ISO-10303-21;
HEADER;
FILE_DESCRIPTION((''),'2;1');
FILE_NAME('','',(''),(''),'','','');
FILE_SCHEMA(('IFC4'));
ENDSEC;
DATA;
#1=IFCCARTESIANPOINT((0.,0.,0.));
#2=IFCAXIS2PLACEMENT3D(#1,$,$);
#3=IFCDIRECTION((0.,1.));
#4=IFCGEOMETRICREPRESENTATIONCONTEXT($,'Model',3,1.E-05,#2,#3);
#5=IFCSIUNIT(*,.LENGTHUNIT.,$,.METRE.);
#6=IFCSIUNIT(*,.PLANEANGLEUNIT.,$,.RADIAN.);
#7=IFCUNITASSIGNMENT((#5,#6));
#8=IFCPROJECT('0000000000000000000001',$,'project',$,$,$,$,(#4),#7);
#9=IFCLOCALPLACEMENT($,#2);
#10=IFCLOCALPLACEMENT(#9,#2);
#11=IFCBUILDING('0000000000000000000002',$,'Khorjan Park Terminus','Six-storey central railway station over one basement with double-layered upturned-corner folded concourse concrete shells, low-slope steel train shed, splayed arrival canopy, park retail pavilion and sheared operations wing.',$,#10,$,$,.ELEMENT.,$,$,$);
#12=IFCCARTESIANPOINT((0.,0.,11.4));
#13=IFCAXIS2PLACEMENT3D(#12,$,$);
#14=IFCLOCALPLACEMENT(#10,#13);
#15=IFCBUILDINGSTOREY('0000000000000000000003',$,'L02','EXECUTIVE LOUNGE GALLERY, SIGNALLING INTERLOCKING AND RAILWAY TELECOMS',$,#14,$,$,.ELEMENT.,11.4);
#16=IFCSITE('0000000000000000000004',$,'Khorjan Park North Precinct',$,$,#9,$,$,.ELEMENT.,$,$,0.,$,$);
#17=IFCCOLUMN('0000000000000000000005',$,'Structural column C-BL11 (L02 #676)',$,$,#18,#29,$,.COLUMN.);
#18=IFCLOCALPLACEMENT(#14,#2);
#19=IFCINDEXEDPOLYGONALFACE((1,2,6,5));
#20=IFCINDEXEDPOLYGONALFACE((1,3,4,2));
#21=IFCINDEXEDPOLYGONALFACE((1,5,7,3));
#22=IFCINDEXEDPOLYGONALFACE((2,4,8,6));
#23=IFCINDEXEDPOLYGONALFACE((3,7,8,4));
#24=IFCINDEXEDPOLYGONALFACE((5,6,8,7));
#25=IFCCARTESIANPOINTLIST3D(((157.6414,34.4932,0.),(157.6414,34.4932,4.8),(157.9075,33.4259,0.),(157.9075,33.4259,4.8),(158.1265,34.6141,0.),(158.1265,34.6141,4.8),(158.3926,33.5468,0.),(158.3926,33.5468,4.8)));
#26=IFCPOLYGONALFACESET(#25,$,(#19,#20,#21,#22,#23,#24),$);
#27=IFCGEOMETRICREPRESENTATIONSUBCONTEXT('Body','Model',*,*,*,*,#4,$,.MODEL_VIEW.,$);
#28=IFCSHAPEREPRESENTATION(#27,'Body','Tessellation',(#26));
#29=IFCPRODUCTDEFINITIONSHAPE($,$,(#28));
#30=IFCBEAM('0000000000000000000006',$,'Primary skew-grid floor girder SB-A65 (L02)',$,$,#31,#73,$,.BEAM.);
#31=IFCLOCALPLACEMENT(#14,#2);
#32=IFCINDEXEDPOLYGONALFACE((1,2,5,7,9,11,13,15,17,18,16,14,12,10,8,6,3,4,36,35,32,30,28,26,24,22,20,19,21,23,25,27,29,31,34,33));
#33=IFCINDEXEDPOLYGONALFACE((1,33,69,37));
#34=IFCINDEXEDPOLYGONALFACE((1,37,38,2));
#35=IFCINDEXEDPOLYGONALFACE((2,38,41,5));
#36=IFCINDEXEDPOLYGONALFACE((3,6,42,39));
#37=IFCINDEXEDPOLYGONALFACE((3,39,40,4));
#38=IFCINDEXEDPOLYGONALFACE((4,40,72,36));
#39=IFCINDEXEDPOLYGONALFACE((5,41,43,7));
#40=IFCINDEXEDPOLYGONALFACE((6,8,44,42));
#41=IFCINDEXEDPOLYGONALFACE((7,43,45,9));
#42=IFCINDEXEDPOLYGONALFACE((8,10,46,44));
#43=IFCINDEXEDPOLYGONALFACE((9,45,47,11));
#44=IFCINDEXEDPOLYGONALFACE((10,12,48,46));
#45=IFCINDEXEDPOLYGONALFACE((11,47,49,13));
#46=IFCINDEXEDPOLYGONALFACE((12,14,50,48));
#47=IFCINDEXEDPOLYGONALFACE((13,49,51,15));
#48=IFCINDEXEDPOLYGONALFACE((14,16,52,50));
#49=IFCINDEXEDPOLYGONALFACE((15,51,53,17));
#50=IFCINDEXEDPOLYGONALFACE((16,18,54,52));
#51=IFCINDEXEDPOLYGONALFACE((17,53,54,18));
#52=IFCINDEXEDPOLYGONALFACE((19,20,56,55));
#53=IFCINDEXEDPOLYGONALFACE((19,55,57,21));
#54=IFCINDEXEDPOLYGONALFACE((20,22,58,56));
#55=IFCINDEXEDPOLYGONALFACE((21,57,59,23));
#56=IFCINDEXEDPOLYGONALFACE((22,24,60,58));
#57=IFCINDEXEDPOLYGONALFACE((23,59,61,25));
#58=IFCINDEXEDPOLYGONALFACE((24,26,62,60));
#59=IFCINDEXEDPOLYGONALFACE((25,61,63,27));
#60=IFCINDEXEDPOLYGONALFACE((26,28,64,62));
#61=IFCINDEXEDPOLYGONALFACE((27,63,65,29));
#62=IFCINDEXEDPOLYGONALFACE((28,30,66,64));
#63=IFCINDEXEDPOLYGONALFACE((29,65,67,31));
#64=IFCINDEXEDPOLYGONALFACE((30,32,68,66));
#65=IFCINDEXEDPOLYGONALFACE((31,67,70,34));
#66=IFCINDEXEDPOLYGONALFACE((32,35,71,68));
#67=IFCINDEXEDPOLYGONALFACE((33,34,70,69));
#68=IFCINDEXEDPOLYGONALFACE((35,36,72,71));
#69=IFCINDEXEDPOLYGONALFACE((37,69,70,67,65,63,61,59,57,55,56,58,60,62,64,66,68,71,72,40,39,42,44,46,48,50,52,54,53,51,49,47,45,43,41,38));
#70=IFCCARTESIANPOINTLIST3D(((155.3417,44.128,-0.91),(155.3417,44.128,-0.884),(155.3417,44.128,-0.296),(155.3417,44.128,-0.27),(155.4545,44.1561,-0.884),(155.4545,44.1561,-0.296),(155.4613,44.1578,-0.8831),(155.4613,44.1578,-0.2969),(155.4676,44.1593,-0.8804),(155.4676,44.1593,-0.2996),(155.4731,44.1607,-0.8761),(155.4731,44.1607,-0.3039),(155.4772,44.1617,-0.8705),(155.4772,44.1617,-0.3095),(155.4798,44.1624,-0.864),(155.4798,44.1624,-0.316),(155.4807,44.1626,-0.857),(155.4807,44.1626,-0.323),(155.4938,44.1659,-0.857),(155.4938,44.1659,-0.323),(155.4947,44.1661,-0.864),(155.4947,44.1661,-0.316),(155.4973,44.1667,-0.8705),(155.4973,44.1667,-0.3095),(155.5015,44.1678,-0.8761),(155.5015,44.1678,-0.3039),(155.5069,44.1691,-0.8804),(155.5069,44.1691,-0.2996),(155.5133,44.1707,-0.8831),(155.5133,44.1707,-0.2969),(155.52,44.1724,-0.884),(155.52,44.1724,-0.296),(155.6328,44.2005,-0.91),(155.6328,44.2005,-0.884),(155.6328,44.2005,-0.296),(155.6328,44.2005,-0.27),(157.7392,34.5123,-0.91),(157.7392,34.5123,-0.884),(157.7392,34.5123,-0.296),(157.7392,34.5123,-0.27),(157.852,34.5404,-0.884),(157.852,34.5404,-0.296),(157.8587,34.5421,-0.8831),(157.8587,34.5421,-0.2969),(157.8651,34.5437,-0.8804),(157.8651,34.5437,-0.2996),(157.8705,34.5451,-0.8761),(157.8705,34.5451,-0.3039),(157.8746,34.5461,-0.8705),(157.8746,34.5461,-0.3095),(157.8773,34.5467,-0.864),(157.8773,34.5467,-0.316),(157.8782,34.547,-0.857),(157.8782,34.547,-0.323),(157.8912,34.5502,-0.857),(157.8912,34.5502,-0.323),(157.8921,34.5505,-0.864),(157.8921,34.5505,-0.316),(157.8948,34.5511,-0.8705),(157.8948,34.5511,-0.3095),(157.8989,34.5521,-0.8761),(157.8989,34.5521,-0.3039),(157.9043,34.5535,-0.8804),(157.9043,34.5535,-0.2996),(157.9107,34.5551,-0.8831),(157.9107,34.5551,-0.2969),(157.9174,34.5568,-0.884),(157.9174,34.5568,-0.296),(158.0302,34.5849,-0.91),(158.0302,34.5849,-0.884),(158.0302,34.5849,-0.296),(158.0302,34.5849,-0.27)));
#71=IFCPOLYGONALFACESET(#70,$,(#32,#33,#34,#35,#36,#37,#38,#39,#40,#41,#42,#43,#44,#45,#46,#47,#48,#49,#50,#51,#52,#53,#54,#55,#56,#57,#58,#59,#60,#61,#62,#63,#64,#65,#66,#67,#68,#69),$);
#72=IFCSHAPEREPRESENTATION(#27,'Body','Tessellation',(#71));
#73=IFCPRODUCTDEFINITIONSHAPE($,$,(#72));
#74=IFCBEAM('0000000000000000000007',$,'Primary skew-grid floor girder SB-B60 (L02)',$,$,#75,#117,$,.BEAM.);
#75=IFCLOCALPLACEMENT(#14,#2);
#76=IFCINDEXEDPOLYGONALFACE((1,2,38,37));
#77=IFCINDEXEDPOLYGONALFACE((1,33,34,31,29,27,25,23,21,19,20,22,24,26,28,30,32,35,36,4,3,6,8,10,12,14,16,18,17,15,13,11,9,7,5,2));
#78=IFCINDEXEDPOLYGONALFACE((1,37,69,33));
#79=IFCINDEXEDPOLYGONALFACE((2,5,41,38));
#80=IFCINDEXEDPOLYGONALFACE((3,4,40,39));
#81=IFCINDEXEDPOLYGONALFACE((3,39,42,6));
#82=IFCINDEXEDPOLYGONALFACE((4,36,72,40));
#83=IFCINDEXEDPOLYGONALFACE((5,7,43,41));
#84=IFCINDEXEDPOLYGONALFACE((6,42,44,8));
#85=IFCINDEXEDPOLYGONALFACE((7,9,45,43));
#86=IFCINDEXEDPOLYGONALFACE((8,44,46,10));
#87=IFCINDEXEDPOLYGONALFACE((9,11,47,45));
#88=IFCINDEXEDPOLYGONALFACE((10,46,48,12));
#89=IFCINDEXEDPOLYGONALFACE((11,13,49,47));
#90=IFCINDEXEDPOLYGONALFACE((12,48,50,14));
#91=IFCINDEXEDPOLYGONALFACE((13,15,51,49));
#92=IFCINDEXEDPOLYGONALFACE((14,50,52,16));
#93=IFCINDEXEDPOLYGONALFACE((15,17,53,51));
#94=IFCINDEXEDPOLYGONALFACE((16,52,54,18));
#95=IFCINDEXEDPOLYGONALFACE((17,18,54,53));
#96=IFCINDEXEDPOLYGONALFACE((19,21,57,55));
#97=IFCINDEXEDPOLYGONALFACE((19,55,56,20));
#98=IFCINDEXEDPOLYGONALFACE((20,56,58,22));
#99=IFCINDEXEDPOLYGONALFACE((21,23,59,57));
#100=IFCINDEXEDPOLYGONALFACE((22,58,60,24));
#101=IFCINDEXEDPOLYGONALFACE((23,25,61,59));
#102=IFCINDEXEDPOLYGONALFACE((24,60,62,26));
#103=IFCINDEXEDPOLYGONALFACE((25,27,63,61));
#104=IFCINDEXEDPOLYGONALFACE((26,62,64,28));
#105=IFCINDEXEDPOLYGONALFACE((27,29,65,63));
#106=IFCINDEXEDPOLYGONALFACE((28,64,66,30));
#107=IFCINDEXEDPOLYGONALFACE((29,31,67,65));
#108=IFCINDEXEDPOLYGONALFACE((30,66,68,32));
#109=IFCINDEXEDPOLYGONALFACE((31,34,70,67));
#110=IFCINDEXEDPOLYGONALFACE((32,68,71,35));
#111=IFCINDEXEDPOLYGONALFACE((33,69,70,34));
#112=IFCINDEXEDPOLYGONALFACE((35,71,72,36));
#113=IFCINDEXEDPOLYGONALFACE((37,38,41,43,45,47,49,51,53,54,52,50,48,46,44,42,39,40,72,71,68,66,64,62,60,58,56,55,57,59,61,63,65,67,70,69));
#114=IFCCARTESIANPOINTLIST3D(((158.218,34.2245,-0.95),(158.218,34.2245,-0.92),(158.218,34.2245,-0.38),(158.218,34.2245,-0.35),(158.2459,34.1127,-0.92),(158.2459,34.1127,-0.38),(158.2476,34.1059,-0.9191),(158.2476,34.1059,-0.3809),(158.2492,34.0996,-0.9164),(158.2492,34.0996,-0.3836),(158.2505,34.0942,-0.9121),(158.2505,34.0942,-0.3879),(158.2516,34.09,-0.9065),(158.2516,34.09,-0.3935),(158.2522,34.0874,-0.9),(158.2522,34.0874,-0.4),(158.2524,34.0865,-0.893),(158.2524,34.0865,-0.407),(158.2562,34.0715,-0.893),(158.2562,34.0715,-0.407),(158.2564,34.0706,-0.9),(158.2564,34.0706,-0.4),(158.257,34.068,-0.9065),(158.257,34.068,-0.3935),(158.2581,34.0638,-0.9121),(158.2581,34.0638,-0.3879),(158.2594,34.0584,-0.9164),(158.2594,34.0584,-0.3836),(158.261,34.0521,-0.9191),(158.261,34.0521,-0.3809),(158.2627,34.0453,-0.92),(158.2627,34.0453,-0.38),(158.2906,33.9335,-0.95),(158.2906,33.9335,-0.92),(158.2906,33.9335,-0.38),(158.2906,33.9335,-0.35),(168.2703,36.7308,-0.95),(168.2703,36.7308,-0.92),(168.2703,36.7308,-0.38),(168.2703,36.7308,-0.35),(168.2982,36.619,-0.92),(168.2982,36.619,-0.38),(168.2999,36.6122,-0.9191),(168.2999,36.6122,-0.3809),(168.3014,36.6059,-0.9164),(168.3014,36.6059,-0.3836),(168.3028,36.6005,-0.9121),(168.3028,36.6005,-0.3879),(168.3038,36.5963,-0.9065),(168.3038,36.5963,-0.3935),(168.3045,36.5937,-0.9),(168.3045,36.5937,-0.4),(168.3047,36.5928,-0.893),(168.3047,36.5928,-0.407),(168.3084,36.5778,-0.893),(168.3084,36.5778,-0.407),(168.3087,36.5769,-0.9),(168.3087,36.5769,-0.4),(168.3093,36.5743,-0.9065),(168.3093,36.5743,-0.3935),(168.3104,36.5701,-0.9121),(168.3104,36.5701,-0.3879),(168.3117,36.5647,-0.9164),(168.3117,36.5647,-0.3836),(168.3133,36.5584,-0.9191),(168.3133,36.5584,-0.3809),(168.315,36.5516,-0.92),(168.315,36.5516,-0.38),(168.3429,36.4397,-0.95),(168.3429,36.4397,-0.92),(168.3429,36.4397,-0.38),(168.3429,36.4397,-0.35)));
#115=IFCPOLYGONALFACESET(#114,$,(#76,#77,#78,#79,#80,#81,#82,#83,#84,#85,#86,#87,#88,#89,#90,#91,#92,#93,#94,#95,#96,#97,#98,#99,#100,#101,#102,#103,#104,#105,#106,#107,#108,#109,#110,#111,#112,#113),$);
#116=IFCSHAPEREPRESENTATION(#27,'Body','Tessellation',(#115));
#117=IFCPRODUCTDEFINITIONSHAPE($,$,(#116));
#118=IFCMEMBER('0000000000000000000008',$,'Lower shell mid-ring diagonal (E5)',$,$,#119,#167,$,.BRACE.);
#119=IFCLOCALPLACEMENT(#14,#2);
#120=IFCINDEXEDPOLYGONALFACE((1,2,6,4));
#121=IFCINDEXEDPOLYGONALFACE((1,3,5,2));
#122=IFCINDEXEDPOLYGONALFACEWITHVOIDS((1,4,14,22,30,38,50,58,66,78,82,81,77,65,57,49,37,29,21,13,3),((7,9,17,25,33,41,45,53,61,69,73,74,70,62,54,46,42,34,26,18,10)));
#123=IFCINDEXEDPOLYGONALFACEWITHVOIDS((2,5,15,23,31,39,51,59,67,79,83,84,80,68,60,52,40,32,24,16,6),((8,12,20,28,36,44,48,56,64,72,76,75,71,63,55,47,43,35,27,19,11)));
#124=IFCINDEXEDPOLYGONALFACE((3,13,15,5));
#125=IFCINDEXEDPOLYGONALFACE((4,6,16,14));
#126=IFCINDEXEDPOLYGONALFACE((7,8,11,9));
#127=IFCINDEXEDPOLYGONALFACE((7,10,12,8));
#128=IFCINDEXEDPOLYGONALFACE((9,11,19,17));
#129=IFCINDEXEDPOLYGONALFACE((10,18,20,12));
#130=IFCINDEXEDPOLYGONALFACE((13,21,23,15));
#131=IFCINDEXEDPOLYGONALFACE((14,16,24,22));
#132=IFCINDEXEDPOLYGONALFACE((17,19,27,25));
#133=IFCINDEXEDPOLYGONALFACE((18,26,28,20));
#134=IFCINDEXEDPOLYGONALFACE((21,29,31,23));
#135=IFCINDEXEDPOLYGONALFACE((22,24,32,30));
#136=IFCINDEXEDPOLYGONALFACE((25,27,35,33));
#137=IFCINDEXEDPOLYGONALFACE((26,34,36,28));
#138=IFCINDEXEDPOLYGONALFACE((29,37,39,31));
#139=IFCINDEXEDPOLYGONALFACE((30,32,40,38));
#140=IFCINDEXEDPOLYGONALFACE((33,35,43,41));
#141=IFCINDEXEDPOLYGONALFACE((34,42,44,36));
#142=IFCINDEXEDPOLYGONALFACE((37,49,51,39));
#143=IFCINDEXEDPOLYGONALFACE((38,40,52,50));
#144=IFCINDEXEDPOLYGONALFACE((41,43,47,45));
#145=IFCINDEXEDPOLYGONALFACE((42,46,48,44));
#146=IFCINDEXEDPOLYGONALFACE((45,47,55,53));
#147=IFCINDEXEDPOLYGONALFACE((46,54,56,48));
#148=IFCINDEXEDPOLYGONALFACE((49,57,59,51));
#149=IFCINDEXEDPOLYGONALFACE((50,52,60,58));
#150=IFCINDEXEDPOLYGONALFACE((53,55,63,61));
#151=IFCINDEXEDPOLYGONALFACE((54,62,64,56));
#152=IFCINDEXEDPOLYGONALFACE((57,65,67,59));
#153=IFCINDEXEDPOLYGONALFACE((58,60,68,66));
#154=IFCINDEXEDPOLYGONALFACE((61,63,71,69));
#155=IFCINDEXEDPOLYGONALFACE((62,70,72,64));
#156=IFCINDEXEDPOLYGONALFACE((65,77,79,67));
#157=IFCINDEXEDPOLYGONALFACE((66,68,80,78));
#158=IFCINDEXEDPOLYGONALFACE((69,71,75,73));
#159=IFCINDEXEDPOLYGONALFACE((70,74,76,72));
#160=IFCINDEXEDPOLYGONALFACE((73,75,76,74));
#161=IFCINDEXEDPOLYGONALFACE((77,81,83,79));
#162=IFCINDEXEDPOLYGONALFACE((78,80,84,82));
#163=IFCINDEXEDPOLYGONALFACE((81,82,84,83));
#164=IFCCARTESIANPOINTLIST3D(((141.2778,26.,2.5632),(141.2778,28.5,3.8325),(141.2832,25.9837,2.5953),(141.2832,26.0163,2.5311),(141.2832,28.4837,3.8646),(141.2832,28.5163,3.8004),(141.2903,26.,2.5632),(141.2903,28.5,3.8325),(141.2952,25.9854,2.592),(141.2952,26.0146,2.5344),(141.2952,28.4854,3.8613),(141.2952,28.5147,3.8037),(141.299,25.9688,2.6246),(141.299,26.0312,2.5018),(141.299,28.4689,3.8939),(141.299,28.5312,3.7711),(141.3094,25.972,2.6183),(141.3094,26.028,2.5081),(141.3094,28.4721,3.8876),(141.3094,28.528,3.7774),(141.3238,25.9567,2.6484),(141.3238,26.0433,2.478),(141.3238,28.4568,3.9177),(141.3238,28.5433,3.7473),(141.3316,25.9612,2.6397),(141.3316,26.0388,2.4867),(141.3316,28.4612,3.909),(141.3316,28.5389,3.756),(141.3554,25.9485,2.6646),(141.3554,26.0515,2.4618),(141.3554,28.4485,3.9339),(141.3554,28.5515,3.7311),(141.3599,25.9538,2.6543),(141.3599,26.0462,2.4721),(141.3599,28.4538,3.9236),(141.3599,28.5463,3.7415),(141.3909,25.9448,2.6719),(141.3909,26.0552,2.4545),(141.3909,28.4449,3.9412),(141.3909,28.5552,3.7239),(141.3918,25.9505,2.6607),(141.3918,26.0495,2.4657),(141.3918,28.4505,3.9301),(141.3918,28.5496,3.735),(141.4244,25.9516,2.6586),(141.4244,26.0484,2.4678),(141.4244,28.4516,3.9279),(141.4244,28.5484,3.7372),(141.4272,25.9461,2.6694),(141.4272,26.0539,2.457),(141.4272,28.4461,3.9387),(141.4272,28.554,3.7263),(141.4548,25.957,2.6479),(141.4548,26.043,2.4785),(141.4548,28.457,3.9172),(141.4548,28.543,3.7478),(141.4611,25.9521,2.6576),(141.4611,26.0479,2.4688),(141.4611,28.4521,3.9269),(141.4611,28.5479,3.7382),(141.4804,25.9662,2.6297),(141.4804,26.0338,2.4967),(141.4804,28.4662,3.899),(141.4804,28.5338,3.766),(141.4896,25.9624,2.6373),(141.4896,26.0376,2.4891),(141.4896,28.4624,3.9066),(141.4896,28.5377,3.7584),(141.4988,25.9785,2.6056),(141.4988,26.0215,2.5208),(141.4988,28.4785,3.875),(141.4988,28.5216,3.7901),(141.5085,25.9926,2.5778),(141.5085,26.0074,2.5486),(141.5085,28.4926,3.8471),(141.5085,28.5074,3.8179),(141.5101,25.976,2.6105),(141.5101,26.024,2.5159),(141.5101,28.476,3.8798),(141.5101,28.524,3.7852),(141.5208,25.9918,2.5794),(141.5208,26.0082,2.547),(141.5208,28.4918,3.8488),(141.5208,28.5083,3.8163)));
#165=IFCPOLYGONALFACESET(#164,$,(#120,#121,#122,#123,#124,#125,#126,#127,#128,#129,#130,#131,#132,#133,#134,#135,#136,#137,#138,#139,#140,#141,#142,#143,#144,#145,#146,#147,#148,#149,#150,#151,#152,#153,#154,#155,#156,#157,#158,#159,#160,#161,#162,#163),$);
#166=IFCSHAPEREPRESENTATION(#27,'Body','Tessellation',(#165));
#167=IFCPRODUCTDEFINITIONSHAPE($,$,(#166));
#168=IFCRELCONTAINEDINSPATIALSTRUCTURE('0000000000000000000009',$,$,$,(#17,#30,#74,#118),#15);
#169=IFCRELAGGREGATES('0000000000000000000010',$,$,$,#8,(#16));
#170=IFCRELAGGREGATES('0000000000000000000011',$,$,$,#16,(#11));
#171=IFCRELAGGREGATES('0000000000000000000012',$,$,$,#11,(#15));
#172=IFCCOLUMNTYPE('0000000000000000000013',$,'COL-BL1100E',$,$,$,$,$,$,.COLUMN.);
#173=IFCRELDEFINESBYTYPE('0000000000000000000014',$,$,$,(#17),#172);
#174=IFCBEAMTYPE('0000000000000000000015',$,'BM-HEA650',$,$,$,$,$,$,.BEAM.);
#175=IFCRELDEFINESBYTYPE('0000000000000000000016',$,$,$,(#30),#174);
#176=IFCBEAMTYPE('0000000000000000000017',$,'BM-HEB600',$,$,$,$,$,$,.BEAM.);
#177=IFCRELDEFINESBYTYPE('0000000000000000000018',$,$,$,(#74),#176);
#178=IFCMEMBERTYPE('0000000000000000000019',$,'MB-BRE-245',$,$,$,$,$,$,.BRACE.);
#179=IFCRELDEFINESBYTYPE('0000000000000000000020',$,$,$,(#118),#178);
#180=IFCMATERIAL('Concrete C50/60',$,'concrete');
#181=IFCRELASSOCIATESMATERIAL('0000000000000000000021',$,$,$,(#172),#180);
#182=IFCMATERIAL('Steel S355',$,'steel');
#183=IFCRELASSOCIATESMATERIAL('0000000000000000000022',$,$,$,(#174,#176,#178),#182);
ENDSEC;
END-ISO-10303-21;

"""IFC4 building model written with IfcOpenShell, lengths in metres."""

from ifc_helpers import new_model, si_unit, direction, frame, origin, origin_2d, place, context, subcontext, project, spatial, rectangle, hollow_circle, i_section, extrude, material, material_profile, profile_set, type_object, element, save


model = new_model("IFC4")

# Units and contexts
model_context = context("Model", 3, precision=1e-05, world=origin(), true_north=direction((0.0, 1.0)))
body_context = subcontext(model_context, "Body", "Model", "MODEL_VIEW")
ifc_project = project(units=[si_unit("LENGTHUNIT", "METRE"), si_unit("PLANEANGLEUNIT", "RADIAN")], contexts=[model_context])

# Site, building, storey
site_placement = place(None, origin())
site = spatial("IfcSite", under=ifc_project, at=site_placement, Name="Khorjan Park North Precinct", CompositionType="ELEMENT", RefElevation=0.0)
building_placement = place(site_placement, origin())
building = spatial("IfcBuilding", under=site, at=building_placement, Name="Khorjan Park Terminus", Description="Six-storey central railway station over one basement with double-layered upturned-corner folded concourse concrete shells, low-slope steel train shed, splayed arrival canopy, park retail pavilion and sheared operations wing.", CompositionType="ELEMENT")
storey_placement = place(building_placement, frame((0.0, 0.0, 11.4)))
storey = spatial("IfcBuildingStorey", under=building, at=storey_placement, Name="L02", Description="EXECUTIVE LOUNGE GALLERY, SIGNALLING INTERLOCKING AND RAILWAY TELECOMS", CompositionType="ELEMENT", Elevation=11.4)

# Column
ifc_material_1 = material(Name="Concrete C50/60", Category="concrete")
ifc_material_profile_1 = material_profile(ifc_material_1, rectangle(XDim=0.5, YDim=1.1, at=origin_2d()), Name="RC 500x1100")
ifc_profile_set_1 = profile_set([ifc_material_profile_1], Name="Concrete C50/60")
column_type = type_object("IfcColumnType", Name="COL-BL1100E", PredefinedType="COLUMN", material=ifc_profile_set_1)
column_placement = place(storey_placement, frame((158.017, 34.02, 0.0), z_axis=(0.0, 0.0, 1.0), x_axis=(0.970296, 0.241922, 0.0)))
element("IfcColumn", 1, at=column_placement, inside=storey, type_object=column_type, Name="Structural column C-BL11 (L02 #676)", PredefinedType="COLUMN", context=body_context, shape_type="SweptSolid", body=[
    extrude(rectangle(XDim=0.5, YDim=1.1, at=origin_2d()), origin(), (0.0, 0.0, 1.0), 4.8),
])

# Beams
ifc_material_2 = material(Name="Steel S355", Category="steel")
ifc_material_profile_2 = material_profile(ifc_material_2, i_section(OverallWidth=0.3, OverallDepth=0.64, WebThickness=0.0135, FlangeThickness=0.026, FilletRadius=0.027, at=origin_2d()), Name="HEA 650")
ifc_profile_set_2 = profile_set([ifc_material_profile_2], Name="Steel S355")
beam_type_1 = type_object("IfcBeamType", Name="BM-HEA650", PredefinedType="BEAM", material=ifc_profile_set_2)
beam_1_placement = place(storey_placement, frame((157.8847, 34.5486, -0.59), z_axis=(-0.241918, 0.970297, 0.0), x_axis=(-0.970297, -0.241918, 0.0)))
element("IfcBeam", 2, at=beam_1_placement, inside=storey, type_object=beam_type_1, Name="Primary skew-grid floor girder SB-A65 (L02)", PredefinedType="BEAM", context=body_context, shape_type="SweptSolid", body=[
    extrude(i_section(OverallWidth=0.3, OverallDepth=0.64, WebThickness=0.0135, FlangeThickness=0.026, FilletRadius=0.027, at=origin_2d()), origin(), (0.0, 0.0, 1.0), 9.91),
])
ifc_material_profile_3 = material_profile(ifc_material_2, i_section(OverallWidth=0.3, OverallDepth=0.6, WebThickness=0.0155, FlangeThickness=0.03, FilletRadius=0.027, at=origin_2d()), Name="HEB 600")
ifc_profile_set_3 = profile_set([ifc_material_profile_3], Name="Steel S355")
beam_type_2 = type_object("IfcBeamType", Name="BM-HEB600", PredefinedType="BEAM", material=ifc_profile_set_3)
beam_2_placement = place(storey_placement, frame((158.2543, 34.079, -0.65), z_axis=(0.970296, 0.24192, 0.0), x_axis=(-0.24192, 0.970296, 0.0)))
element("IfcBeam", 3, at=beam_2_placement, inside=storey, type_object=beam_type_2, Name="Primary skew-grid floor girder SB-B60 (L02)", PredefinedType="BEAM", context=body_context, shape_type="SweptSolid", body=[
    extrude(i_section(OverallWidth=0.3, OverallDepth=0.6, WebThickness=0.0155, FlangeThickness=0.03, FilletRadius=0.027, at=origin_2d()), origin(), (0.0, 0.0, 1.0), 10.36),
])

# Member
ifc_material_profile_4 = material_profile(ifc_material_2, hollow_circle(Radius=0.1222, WallThickness=0.0125, at=origin_2d()), Name="CHS 244.5x12.5")
ifc_profile_set_4 = profile_set([ifc_material_profile_4], Name="Steel S355")
member_type_1 = type_object("IfcMemberType", Name="MB-BRE-245", PredefinedType="BRACE", material=ifc_profile_set_4)
member_1_placement = place(storey_placement, frame((141.4, 26.0, 2.5632), z_axis=(0.0, 0.891657, 0.452712), x_axis=(-1.0, 0.0, 0.0)))
element("IfcMember", 4, at=member_1_placement, inside=storey, type_object=member_type_1, Name="Lower shell mid-ring diagonal (E5)", PredefinedType="BRACE", context=body_context, shape_type="SweptSolid", body=[
    extrude(hollow_circle(Radius=0.1222, WallThickness=0.0125, at=origin_2d()), origin(), (0.0, 0.0, 1.0), 2.8038),
])

save(model, "model.ifc")
